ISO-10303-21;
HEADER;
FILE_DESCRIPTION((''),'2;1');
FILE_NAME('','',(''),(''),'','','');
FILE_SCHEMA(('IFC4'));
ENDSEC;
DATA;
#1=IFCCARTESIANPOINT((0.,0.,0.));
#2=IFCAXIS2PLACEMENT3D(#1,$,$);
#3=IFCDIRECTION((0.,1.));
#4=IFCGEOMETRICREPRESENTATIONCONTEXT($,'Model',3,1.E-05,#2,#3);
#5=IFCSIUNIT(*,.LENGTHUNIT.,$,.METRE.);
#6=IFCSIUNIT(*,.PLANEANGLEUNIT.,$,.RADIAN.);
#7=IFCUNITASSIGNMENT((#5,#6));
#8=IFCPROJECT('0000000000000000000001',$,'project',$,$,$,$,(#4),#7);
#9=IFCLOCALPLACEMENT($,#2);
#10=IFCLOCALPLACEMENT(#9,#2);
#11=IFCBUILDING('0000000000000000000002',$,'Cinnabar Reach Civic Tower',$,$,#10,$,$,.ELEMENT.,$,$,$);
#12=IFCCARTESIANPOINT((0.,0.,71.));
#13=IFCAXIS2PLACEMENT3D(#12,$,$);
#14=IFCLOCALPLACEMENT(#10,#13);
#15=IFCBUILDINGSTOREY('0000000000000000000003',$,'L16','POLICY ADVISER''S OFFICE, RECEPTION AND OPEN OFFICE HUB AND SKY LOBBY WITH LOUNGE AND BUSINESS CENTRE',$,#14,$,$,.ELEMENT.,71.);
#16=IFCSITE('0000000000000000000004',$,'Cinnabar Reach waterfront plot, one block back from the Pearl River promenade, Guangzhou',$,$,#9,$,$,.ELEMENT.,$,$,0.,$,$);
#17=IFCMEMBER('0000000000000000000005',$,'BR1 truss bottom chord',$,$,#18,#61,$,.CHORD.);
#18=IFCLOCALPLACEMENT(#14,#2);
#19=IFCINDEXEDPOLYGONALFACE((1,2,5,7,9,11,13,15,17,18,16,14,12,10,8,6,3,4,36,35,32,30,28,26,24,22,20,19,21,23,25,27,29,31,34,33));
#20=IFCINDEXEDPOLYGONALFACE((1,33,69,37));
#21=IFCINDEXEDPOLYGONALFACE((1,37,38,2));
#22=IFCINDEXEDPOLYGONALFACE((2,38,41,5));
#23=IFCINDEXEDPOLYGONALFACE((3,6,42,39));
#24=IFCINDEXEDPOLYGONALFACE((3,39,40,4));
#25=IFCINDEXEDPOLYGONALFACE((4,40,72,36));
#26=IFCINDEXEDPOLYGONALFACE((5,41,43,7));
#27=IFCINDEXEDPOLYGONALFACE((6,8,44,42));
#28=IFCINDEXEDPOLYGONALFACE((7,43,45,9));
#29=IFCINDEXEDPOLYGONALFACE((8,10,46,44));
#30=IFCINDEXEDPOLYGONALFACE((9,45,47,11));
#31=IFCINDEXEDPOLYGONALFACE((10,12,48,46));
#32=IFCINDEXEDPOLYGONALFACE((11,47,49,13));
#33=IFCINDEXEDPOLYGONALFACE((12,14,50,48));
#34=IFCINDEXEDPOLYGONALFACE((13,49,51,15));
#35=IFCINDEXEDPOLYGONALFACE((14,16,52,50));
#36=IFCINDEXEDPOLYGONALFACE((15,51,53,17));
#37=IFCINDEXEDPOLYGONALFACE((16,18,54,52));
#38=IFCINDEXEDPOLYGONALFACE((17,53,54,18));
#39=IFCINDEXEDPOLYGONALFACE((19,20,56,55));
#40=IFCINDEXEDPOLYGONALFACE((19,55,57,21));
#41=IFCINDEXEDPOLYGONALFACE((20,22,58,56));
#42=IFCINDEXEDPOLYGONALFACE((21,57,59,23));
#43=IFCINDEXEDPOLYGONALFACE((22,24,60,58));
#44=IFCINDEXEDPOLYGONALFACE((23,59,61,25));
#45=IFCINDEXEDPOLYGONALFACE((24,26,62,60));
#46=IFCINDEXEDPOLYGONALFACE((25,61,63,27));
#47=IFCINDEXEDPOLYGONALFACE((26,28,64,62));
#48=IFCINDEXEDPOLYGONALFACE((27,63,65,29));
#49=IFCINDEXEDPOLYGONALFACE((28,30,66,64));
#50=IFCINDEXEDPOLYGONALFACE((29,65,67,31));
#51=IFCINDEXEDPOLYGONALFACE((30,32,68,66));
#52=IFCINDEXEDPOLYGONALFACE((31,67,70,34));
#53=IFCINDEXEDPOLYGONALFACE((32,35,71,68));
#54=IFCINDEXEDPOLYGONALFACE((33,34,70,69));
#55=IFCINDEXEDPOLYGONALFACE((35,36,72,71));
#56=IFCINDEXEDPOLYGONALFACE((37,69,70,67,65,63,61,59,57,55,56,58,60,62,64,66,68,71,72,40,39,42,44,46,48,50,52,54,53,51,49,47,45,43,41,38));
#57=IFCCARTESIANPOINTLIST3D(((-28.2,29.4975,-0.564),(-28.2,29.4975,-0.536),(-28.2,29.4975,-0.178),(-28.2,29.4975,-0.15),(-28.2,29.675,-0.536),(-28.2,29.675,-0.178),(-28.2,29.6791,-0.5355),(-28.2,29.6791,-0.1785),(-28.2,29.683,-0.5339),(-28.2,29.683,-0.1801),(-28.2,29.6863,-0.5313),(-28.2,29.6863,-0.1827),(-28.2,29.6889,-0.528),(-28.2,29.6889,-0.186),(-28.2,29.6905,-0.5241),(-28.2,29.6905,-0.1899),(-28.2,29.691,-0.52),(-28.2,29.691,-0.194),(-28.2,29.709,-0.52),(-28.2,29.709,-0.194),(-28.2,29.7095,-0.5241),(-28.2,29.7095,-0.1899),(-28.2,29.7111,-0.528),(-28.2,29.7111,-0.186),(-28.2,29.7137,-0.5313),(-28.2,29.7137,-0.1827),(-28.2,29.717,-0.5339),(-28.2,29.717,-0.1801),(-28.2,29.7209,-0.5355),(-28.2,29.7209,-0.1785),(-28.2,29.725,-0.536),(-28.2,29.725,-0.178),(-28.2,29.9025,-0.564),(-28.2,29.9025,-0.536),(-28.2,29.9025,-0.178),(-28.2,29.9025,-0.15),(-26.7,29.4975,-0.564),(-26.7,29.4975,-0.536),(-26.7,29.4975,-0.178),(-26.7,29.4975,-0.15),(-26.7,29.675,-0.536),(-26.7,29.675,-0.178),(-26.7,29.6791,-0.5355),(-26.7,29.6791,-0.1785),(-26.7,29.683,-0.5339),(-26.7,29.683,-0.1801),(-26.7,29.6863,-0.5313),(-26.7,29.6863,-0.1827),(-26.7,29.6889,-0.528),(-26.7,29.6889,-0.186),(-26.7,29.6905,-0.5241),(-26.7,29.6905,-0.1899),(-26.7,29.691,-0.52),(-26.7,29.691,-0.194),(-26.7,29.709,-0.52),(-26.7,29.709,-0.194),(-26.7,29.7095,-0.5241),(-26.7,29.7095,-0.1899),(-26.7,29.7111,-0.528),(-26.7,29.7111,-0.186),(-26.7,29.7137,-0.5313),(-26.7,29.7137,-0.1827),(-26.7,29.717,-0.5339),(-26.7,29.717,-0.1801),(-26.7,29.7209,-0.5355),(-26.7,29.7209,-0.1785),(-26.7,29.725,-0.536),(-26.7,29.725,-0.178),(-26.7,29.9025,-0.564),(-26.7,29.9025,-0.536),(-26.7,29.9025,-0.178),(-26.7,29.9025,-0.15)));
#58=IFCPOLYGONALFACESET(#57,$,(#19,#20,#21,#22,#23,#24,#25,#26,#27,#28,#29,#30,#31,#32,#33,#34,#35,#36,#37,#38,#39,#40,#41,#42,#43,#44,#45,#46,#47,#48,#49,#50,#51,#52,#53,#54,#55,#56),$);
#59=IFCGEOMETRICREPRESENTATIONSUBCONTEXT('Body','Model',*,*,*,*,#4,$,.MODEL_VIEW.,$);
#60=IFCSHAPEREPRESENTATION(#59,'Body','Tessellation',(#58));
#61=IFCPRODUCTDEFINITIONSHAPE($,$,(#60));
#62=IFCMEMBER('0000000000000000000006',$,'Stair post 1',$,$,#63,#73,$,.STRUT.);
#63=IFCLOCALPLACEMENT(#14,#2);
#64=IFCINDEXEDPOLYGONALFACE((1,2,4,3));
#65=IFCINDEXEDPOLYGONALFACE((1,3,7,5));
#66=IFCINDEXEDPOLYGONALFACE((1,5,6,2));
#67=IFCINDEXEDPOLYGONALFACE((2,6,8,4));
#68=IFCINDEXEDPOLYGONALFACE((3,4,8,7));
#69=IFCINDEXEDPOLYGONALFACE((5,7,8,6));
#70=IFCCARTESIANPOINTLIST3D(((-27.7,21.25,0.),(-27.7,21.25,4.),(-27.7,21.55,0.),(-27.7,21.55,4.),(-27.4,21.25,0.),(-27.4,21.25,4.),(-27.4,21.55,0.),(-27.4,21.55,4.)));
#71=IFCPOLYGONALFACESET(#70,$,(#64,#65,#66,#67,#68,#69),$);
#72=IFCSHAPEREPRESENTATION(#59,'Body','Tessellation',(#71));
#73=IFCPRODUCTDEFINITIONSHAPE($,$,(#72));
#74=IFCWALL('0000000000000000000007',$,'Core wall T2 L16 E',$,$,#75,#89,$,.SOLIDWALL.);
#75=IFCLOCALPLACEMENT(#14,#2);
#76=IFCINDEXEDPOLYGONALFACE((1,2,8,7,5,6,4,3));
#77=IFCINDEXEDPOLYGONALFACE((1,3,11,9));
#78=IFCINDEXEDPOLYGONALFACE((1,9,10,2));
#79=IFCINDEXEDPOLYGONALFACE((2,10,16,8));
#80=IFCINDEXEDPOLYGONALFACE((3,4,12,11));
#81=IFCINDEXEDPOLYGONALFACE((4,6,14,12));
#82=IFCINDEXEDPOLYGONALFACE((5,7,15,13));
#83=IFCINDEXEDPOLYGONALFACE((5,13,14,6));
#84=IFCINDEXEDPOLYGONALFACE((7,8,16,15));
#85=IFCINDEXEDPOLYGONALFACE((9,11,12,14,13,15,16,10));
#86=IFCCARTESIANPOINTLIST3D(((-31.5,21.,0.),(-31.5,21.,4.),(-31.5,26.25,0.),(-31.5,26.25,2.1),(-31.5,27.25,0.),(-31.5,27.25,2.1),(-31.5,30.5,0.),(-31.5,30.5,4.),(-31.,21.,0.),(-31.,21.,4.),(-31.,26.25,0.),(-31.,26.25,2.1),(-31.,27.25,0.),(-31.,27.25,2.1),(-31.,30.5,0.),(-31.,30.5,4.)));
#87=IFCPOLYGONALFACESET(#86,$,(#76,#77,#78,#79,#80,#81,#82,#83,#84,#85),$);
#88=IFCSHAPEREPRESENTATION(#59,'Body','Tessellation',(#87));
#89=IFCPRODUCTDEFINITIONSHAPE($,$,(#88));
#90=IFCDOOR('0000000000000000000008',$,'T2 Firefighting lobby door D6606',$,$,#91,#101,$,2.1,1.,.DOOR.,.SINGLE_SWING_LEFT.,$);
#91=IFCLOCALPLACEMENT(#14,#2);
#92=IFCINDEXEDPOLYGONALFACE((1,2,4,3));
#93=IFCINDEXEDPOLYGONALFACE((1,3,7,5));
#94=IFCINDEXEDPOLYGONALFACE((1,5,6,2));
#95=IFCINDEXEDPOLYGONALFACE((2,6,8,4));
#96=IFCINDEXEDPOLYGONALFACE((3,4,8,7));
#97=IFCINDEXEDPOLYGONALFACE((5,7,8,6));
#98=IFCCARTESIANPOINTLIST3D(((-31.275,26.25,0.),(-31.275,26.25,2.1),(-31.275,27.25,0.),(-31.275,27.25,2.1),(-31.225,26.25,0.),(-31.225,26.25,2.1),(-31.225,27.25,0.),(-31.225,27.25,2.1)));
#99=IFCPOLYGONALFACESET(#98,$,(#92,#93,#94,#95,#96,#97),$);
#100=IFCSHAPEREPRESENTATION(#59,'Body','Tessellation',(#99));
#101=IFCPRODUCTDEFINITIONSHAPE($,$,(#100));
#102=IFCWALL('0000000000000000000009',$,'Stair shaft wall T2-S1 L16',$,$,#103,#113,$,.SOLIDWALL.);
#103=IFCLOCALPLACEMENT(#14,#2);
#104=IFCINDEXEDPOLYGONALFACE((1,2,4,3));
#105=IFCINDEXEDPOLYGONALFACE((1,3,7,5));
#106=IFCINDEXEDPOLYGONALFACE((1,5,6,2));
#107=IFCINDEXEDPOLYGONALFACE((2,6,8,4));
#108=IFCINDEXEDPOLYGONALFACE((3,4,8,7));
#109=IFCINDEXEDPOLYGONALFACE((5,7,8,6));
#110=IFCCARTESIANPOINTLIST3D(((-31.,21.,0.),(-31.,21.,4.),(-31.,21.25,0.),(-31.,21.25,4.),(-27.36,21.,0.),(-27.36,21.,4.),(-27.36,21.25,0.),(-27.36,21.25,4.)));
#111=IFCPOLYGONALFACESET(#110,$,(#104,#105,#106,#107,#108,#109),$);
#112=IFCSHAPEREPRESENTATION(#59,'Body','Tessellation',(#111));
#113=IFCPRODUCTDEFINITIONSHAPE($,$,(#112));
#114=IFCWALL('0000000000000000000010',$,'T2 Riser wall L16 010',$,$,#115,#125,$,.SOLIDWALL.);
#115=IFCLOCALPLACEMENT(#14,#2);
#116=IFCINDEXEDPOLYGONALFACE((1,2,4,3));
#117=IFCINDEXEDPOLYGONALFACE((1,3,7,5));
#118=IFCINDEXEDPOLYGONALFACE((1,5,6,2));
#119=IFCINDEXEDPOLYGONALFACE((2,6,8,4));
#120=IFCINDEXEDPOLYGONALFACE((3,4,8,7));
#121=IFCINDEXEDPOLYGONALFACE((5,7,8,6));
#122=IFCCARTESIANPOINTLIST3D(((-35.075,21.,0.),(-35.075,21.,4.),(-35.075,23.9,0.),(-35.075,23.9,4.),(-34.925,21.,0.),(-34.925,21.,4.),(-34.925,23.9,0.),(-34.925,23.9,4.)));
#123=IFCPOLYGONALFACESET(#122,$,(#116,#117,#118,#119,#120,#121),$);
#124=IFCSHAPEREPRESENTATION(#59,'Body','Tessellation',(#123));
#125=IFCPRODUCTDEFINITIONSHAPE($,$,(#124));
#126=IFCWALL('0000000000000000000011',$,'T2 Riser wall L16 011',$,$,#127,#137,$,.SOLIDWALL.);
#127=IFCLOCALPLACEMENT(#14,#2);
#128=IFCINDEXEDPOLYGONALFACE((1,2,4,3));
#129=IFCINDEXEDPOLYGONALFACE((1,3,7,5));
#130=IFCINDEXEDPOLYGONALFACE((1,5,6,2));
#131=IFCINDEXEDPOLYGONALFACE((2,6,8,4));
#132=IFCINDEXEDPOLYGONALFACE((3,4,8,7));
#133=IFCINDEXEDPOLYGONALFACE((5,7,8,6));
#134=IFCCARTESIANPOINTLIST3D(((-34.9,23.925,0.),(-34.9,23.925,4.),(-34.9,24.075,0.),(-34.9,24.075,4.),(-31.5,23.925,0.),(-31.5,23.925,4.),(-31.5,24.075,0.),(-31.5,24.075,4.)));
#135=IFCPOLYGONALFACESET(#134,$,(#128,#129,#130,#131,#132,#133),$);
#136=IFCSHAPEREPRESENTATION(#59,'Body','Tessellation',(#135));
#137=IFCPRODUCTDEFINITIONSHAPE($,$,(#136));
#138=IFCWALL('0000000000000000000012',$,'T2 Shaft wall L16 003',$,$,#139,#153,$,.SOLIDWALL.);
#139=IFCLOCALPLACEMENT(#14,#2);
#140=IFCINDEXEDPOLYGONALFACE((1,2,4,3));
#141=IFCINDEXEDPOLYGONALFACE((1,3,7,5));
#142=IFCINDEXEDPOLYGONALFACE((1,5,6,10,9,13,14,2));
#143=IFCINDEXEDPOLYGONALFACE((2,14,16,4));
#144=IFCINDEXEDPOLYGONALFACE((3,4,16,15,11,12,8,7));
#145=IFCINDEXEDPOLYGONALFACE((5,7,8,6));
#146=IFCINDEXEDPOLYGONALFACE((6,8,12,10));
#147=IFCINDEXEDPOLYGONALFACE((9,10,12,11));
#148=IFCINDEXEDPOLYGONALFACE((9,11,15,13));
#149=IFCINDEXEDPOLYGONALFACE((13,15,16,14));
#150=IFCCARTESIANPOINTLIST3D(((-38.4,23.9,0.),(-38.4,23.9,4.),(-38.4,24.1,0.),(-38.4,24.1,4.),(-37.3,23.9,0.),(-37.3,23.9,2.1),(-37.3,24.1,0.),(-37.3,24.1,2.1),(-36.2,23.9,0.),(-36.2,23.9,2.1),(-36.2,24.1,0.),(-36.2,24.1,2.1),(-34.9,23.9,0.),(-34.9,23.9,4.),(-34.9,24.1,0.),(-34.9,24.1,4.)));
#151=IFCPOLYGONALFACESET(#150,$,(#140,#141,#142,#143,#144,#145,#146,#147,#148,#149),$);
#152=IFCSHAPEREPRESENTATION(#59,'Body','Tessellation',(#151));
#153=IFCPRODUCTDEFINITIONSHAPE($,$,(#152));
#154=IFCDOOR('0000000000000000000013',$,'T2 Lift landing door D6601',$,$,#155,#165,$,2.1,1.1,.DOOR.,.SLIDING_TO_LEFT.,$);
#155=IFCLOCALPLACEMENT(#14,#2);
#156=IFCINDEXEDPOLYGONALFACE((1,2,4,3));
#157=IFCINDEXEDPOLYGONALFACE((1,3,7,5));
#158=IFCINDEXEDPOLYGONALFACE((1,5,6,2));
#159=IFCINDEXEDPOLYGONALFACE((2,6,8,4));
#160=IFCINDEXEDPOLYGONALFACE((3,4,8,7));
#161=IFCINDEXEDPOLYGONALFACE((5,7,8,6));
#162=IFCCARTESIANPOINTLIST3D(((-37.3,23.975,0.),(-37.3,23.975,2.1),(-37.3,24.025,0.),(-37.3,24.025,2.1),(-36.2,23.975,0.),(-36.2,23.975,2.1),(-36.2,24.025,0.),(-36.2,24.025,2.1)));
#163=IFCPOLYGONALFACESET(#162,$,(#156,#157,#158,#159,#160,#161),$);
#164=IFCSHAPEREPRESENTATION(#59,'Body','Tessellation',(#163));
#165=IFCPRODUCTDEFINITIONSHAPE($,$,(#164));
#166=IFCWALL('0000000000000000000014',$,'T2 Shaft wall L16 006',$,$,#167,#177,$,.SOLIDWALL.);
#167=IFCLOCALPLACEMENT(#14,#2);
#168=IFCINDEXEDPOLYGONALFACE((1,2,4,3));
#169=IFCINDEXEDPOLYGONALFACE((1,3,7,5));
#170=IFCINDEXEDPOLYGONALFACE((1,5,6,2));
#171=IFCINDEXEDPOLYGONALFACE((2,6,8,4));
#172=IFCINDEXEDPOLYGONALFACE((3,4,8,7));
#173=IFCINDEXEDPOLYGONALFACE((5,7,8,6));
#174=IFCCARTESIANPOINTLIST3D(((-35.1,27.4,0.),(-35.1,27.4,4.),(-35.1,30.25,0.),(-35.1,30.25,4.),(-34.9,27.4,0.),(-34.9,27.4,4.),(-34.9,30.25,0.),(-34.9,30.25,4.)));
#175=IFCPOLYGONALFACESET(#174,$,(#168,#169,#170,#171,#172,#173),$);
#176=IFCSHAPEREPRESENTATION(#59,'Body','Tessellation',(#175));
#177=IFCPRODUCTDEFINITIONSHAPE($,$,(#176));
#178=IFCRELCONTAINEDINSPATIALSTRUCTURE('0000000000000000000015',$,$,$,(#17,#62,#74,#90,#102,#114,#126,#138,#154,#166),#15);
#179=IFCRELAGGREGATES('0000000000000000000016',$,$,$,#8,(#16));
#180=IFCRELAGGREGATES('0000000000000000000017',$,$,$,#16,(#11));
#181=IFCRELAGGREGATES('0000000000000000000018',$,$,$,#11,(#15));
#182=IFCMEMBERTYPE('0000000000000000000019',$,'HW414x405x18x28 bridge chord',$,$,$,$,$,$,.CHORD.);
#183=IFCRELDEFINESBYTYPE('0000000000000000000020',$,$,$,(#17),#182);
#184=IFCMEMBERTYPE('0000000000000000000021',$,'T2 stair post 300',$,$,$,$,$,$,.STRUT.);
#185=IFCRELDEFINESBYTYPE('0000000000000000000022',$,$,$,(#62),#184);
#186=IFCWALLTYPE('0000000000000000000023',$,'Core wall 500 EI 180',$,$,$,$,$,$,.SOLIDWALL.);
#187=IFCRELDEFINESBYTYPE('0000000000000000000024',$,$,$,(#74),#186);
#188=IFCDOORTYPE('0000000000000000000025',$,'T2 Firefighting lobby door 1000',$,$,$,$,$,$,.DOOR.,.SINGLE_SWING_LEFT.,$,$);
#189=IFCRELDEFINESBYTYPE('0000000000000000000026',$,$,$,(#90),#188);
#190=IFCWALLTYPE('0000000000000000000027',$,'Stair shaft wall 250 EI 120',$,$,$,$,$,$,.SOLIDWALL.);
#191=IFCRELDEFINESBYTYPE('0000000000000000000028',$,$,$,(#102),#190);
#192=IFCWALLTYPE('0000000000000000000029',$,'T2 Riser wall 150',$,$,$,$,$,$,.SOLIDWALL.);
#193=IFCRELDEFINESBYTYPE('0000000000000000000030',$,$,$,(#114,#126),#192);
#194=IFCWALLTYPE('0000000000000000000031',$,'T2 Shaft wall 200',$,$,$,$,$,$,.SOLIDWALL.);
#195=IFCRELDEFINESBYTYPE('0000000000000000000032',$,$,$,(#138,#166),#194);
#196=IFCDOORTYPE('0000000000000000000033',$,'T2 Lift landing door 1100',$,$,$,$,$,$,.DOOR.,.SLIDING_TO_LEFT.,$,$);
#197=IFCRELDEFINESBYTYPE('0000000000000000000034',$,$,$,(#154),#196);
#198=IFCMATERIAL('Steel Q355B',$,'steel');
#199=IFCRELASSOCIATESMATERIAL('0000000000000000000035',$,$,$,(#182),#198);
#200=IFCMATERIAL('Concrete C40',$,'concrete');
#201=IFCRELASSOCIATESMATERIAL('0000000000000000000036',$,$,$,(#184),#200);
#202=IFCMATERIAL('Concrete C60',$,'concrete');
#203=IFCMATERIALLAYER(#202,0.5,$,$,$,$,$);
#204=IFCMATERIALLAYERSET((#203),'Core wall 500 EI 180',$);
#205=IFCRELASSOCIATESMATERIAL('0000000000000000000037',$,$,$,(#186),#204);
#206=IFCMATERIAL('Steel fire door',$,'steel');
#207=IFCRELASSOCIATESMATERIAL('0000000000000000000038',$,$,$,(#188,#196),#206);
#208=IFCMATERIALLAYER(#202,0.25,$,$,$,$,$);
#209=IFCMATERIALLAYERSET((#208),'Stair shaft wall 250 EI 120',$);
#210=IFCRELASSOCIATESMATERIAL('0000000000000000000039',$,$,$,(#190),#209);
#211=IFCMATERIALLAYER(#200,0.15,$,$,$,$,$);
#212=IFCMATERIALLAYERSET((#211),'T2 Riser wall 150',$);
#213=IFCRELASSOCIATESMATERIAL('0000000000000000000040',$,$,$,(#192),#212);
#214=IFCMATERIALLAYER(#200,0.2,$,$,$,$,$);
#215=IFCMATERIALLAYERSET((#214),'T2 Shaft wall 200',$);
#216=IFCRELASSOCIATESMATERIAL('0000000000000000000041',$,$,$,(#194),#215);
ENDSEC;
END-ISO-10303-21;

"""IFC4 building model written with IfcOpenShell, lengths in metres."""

from ifc_helpers import new_model, si_unit, direction, frame, frame_2d, origin, origin_2d, place, context, subcontext, project, spatial, rectangle, i_section, extrude, material, layer, layer_set, material_profile, profile_set, type_object, element, fill, save


model = new_model("IFC4")

# Units and contexts
model_context = context("Model", 3, precision=1e-05, world=origin(), true_north=direction((0.0, 1.0)))
body_context = subcontext(model_context, "Body", "Model", "MODEL_VIEW")
ifc_project = project(units=[si_unit("LENGTHUNIT", "METRE"), si_unit("PLANEANGLEUNIT", "RADIAN")], contexts=[model_context])

# Site, building, storey
site_placement = place(None, origin())
site = spatial("IfcSite", under=ifc_project, at=site_placement, Name="Cinnabar Reach waterfront plot, one block back from the Pearl River promenade, Guangzhou", CompositionType="ELEMENT", RefElevation=0.0)
building_placement = place(site_placement, origin())
building = spatial("IfcBuilding", under=site, at=building_placement, Name="Cinnabar Reach Civic Tower", CompositionType="ELEMENT")
storey_placement = place(building_placement, frame((0.0, 0.0, 71.0)))
storey = spatial("IfcBuildingStorey", under=building, at=storey_placement, Name="L16", Description="POLICY ADVISER'S OFFICE, RECEPTION AND OPEN OFFICE HUB AND SKY LOBBY WITH LOUNGE AND BUSINESS CENTRE", CompositionType="ELEMENT", Elevation=71.0)

# Shared definitions
ifc_material_1 = material(Name="Concrete C60", Category="concrete")

# Shared definitions
ifc_material_2 = material(Name="Steel Q355B", Category="steel")

# Members
ifc_material_profile_1 = material_profile(ifc_material_2, i_section(OverallWidth=0.405, OverallDepth=0.414, WebThickness=0.018, FlangeThickness=0.028, FilletRadius=0.016, at=origin_2d()), Name="HW414x405x18x28")
ifc_profile_set_1 = profile_set([ifc_material_profile_1], Name="Steel Q355B")
member_type_1 = type_object("IfcMemberType", Name="HW414x405x18x28 bridge chord", PredefinedType="CHORD", material=ifc_profile_set_1)
member_1_placement = place(storey_placement, frame((-28.2, 29.7, -0.357), z_axis=(1.0, 0.0, 0.0), x_axis=(0.0, 1.0, 0.0)))
element("IfcMember", 1, at=member_1_placement, inside=storey, type_object=member_type_1, Name="BR1 truss bottom chord", PredefinedType="CHORD", context=body_context, shape_type="SweptSolid", body=[
    extrude(i_section(OverallWidth=0.405, OverallDepth=0.414, WebThickness=0.018, FlangeThickness=0.028, FilletRadius=0.016, at=origin_2d()), origin(), (0.0, 0.0, 1.0), 1.5),
])
ifc_material_3 = material(Name="Concrete C40", Category="concrete")
ifc_material_profile_2 = material_profile(ifc_material_3, rectangle(XDim=0.3, YDim=0.3, at=origin_2d()), Name="C300")
ifc_profile_set_2 = profile_set([ifc_material_profile_2], Name="Concrete C40")
member_type_2 = type_object("IfcMemberType", Name="T2 stair post 300", PredefinedType="STRUT", material=ifc_profile_set_2)
member_2_placement = place(storey_placement, frame((-27.55, 21.4, 0.0), z_axis=(0.0, 0.0, 1.0), x_axis=(1.0, 0.0, 0.0)))
element("IfcMember", 2, at=member_2_placement, inside=storey, type_object=member_type_2, Name="Stair post 1", PredefinedType="STRUT", context=body_context, shape_type="SweptSolid", body=[
    extrude(rectangle(XDim=0.3, YDim=0.3, at=origin_2d()), origin(), (0.0, 0.0, 1.0), 4.0),
])

# Wall, opening, door
ifc_layer_1 = layer(ifc_material_1, 0.5)
ifc_layer_set_1 = layer_set([ifc_layer_1], Name="Core wall 500 EI 180")
wall_type_1 = type_object("IfcWallType", Name="Core wall 500 EI 180", PredefinedType="SOLIDWALL", material=ifc_layer_set_1)
wall_1_placement = place(storey_placement, frame((-31.25, 21.0, 0.0), z_axis=(0.0, 0.0, 1.0), x_axis=(0.0, 1.0, 0.0)))
wall_1 = element("IfcWall", 3, at=wall_1_placement, inside=storey, type_object=wall_type_1, Name="Core wall T2 L16 E", PredefinedType="SOLIDWALL", context=body_context, shape_type="SweptSolid", body=[
    extrude(rectangle(XDim=9.5, YDim=0.5, at=frame_2d((4.75, 0.0))), origin(), (0.0, 0.0, 1.0), 4.0),
])
opening_1_placement = place(wall_1_placement, frame((5.25, 0.0, 0.0)))
opening_1 = element("IfcOpeningElement", 4, at=opening_1_placement, cuts=wall_1, PredefinedType="OPENING", context=body_context, shape_type="SweptSolid", body=[
    extrude(rectangle(XDim=1.0, YDim=2.1, at=frame_2d((0.5, 1.05))), frame((0.0, 0.26, 0.0), z_axis=(0.0, -1.0, 0.0), x_axis=(1.0, 0.0, 0.0)), (0.0, 0.0, 1.0), 0.52),
])
ifc_material_4 = material(Name="Steel fire door", Category="steel")
door_type_1 = type_object("IfcDoorType", Name="T2 Firefighting lobby door 1000", OperationType="SINGLE_SWING_LEFT", PredefinedType="DOOR", material=ifc_material_4)
door_1_placement = place(opening_1_placement, frame((1.0, 0.0, 0.0), z_axis=(0.0, 0.0, 1.0), x_axis=(-1.0, 0.0, 0.0)))
door_1 = element("IfcDoor", 5, at=door_1_placement, inside=storey, type_object=door_type_1, Name="T2 Firefighting lobby door D6606", OperationType="SINGLE_SWING_LEFT", OverallHeight=2.1, OverallWidth=1.0, PredefinedType="DOOR", context=body_context, shape_type="SweptSolid", body=[
    extrude(rectangle(XDim=1.0, YDim=2.1, at=frame_2d((0.5, 1.05))), frame((0.0, 0.025, 0.0), z_axis=(0.0, -1.0, 0.0), x_axis=(1.0, 0.0, 0.0)), (0.0, 0.0, 1.0), 0.05),
])
fill(opening_1, door_1)

# Walls
ifc_layer_2 = layer(ifc_material_1, 0.25)
ifc_layer_set_2 = layer_set([ifc_layer_2], Name="Stair shaft wall 250 EI 120")
wall_type_2 = type_object("IfcWallType", Name="Stair shaft wall 250 EI 120", PredefinedType="SOLIDWALL", material=ifc_layer_set_2)
wall_2_placement = place(storey_placement, frame((-31.0, 21.125, 0.0), z_axis=(0.0, 0.0, 1.0), x_axis=(1.0, 0.0, 0.0)))
element("IfcWall", 6, at=wall_2_placement, inside=storey, type_object=wall_type_2, Name="Stair shaft wall T2-S1 L16", PredefinedType="SOLIDWALL", context=body_context, shape_type="SweptSolid", body=[
    extrude(rectangle(XDim=3.64, YDim=0.25, at=frame_2d((1.82, 0.0))), origin(), (0.0, 0.0, 1.0), 4.0),
])
ifc_layer_3 = layer(ifc_material_3, 0.15)
ifc_layer_set_3 = layer_set([ifc_layer_3], Name="T2 Riser wall 150")
wall_type_3 = type_object("IfcWallType", Name="T2 Riser wall 150", PredefinedType="SOLIDWALL", material=ifc_layer_set_3)
wall_3_placement = place(storey_placement, frame((-35.0, 21.0, 0.0), z_axis=(0.0, 0.0, 1.0), x_axis=(0.0, 1.0, 0.0)))
element("IfcWall", 7, at=wall_3_placement, inside=storey, type_object=wall_type_3, Name="T2 Riser wall L16 010", PredefinedType="SOLIDWALL", context=body_context, shape_type="SweptSolid", body=[
    extrude(rectangle(XDim=2.9, YDim=0.15, at=frame_2d((1.45, 0.0))), origin(), (0.0, 0.0, 1.0), 4.0),
])
wall_4_placement = place(storey_placement, frame((-31.5, 24.0, 0.0), z_axis=(0.0, 0.0, 1.0), x_axis=(-1.0, 0.0, 0.0)))
element("IfcWall", 8, at=wall_4_placement, inside=storey, type_object=wall_type_3, Name="T2 Riser wall L16 011", PredefinedType="SOLIDWALL", context=body_context, shape_type="SweptSolid", body=[
    extrude(rectangle(XDim=3.4, YDim=0.15, at=frame_2d((1.7, 0.0))), origin(), (0.0, 0.0, 1.0), 4.0),
])

# Wall, opening, door
ifc_layer_4 = layer(ifc_material_3, 0.2)
ifc_layer_set_4 = layer_set([ifc_layer_4], Name="T2 Shaft wall 200")
wall_type_4 = type_object("IfcWallType", Name="T2 Shaft wall 200", PredefinedType="SOLIDWALL", material=ifc_layer_set_4)
wall_5_placement = place(storey_placement, frame((-34.9, 24.0, 0.0), z_axis=(0.0, 0.0, 1.0), x_axis=(-1.0, 0.0, 0.0)))
wall_5 = element("IfcWall", 9, at=wall_5_placement, inside=storey, type_object=wall_type_4, Name="T2 Shaft wall L16 003", PredefinedType="SOLIDWALL", context=body_context, shape_type="SweptSolid", body=[
    extrude(rectangle(XDim=3.5, YDim=0.2, at=frame_2d((1.75, 0.0))), origin(), (0.0, 0.0, 1.0), 4.0),
])
opening_2_placement = place(wall_5_placement, frame((1.3, 0.0, 0.0)))
opening_2 = element("IfcOpeningElement", 10, at=opening_2_placement, cuts=wall_5, PredefinedType="OPENING", context=body_context, shape_type="SweptSolid", body=[
    extrude(rectangle(XDim=1.1, YDim=2.1, at=frame_2d((0.55, 1.05))), frame((0.0, 0.11, 0.0), z_axis=(0.0, -1.0, 0.0), x_axis=(1.0, 0.0, 0.0)), (0.0, 0.0, 1.0), 0.22),
])
door_type_2 = type_object("IfcDoorType", Name="T2 Lift landing door 1100", OperationType="SLIDING_TO_LEFT", PredefinedType="DOOR", material=ifc_material_4)
door_2_placement = place(opening_2_placement, origin())
door_2 = element("IfcDoor", 11, at=door_2_placement, inside=storey, type_object=door_type_2, Name="T2 Lift landing door D6601", OperationType="SLIDING_TO_LEFT", OverallHeight=2.1, OverallWidth=1.1, PredefinedType="DOOR", context=body_context, shape_type="SweptSolid", body=[
    extrude(rectangle(XDim=1.1, YDim=2.1, at=frame_2d((0.55, 1.05))), frame((0.0, 0.025, 0.0), z_axis=(0.0, -1.0, 0.0), x_axis=(1.0, 0.0, 0.0)), (0.0, 0.0, 1.0), 0.05),
])
fill(opening_2, door_2)

# Wall
wall_6_placement = place(storey_placement, frame((-35.0, 27.4, 0.0), z_axis=(0.0, 0.0, 1.0), x_axis=(0.0, 1.0, 0.0)))
element("IfcWall", 12, at=wall_6_placement, inside=storey, type_object=wall_type_4, Name="T2 Shaft wall L16 006", PredefinedType="SOLIDWALL", context=body_context, shape_type="SweptSolid", body=[
    extrude(rectangle(XDim=2.85, YDim=0.2, at=frame_2d((1.425, 0.0))), origin(), (0.0, 0.0, 1.0), 4.0),
])

save(model, "model.ifc")
